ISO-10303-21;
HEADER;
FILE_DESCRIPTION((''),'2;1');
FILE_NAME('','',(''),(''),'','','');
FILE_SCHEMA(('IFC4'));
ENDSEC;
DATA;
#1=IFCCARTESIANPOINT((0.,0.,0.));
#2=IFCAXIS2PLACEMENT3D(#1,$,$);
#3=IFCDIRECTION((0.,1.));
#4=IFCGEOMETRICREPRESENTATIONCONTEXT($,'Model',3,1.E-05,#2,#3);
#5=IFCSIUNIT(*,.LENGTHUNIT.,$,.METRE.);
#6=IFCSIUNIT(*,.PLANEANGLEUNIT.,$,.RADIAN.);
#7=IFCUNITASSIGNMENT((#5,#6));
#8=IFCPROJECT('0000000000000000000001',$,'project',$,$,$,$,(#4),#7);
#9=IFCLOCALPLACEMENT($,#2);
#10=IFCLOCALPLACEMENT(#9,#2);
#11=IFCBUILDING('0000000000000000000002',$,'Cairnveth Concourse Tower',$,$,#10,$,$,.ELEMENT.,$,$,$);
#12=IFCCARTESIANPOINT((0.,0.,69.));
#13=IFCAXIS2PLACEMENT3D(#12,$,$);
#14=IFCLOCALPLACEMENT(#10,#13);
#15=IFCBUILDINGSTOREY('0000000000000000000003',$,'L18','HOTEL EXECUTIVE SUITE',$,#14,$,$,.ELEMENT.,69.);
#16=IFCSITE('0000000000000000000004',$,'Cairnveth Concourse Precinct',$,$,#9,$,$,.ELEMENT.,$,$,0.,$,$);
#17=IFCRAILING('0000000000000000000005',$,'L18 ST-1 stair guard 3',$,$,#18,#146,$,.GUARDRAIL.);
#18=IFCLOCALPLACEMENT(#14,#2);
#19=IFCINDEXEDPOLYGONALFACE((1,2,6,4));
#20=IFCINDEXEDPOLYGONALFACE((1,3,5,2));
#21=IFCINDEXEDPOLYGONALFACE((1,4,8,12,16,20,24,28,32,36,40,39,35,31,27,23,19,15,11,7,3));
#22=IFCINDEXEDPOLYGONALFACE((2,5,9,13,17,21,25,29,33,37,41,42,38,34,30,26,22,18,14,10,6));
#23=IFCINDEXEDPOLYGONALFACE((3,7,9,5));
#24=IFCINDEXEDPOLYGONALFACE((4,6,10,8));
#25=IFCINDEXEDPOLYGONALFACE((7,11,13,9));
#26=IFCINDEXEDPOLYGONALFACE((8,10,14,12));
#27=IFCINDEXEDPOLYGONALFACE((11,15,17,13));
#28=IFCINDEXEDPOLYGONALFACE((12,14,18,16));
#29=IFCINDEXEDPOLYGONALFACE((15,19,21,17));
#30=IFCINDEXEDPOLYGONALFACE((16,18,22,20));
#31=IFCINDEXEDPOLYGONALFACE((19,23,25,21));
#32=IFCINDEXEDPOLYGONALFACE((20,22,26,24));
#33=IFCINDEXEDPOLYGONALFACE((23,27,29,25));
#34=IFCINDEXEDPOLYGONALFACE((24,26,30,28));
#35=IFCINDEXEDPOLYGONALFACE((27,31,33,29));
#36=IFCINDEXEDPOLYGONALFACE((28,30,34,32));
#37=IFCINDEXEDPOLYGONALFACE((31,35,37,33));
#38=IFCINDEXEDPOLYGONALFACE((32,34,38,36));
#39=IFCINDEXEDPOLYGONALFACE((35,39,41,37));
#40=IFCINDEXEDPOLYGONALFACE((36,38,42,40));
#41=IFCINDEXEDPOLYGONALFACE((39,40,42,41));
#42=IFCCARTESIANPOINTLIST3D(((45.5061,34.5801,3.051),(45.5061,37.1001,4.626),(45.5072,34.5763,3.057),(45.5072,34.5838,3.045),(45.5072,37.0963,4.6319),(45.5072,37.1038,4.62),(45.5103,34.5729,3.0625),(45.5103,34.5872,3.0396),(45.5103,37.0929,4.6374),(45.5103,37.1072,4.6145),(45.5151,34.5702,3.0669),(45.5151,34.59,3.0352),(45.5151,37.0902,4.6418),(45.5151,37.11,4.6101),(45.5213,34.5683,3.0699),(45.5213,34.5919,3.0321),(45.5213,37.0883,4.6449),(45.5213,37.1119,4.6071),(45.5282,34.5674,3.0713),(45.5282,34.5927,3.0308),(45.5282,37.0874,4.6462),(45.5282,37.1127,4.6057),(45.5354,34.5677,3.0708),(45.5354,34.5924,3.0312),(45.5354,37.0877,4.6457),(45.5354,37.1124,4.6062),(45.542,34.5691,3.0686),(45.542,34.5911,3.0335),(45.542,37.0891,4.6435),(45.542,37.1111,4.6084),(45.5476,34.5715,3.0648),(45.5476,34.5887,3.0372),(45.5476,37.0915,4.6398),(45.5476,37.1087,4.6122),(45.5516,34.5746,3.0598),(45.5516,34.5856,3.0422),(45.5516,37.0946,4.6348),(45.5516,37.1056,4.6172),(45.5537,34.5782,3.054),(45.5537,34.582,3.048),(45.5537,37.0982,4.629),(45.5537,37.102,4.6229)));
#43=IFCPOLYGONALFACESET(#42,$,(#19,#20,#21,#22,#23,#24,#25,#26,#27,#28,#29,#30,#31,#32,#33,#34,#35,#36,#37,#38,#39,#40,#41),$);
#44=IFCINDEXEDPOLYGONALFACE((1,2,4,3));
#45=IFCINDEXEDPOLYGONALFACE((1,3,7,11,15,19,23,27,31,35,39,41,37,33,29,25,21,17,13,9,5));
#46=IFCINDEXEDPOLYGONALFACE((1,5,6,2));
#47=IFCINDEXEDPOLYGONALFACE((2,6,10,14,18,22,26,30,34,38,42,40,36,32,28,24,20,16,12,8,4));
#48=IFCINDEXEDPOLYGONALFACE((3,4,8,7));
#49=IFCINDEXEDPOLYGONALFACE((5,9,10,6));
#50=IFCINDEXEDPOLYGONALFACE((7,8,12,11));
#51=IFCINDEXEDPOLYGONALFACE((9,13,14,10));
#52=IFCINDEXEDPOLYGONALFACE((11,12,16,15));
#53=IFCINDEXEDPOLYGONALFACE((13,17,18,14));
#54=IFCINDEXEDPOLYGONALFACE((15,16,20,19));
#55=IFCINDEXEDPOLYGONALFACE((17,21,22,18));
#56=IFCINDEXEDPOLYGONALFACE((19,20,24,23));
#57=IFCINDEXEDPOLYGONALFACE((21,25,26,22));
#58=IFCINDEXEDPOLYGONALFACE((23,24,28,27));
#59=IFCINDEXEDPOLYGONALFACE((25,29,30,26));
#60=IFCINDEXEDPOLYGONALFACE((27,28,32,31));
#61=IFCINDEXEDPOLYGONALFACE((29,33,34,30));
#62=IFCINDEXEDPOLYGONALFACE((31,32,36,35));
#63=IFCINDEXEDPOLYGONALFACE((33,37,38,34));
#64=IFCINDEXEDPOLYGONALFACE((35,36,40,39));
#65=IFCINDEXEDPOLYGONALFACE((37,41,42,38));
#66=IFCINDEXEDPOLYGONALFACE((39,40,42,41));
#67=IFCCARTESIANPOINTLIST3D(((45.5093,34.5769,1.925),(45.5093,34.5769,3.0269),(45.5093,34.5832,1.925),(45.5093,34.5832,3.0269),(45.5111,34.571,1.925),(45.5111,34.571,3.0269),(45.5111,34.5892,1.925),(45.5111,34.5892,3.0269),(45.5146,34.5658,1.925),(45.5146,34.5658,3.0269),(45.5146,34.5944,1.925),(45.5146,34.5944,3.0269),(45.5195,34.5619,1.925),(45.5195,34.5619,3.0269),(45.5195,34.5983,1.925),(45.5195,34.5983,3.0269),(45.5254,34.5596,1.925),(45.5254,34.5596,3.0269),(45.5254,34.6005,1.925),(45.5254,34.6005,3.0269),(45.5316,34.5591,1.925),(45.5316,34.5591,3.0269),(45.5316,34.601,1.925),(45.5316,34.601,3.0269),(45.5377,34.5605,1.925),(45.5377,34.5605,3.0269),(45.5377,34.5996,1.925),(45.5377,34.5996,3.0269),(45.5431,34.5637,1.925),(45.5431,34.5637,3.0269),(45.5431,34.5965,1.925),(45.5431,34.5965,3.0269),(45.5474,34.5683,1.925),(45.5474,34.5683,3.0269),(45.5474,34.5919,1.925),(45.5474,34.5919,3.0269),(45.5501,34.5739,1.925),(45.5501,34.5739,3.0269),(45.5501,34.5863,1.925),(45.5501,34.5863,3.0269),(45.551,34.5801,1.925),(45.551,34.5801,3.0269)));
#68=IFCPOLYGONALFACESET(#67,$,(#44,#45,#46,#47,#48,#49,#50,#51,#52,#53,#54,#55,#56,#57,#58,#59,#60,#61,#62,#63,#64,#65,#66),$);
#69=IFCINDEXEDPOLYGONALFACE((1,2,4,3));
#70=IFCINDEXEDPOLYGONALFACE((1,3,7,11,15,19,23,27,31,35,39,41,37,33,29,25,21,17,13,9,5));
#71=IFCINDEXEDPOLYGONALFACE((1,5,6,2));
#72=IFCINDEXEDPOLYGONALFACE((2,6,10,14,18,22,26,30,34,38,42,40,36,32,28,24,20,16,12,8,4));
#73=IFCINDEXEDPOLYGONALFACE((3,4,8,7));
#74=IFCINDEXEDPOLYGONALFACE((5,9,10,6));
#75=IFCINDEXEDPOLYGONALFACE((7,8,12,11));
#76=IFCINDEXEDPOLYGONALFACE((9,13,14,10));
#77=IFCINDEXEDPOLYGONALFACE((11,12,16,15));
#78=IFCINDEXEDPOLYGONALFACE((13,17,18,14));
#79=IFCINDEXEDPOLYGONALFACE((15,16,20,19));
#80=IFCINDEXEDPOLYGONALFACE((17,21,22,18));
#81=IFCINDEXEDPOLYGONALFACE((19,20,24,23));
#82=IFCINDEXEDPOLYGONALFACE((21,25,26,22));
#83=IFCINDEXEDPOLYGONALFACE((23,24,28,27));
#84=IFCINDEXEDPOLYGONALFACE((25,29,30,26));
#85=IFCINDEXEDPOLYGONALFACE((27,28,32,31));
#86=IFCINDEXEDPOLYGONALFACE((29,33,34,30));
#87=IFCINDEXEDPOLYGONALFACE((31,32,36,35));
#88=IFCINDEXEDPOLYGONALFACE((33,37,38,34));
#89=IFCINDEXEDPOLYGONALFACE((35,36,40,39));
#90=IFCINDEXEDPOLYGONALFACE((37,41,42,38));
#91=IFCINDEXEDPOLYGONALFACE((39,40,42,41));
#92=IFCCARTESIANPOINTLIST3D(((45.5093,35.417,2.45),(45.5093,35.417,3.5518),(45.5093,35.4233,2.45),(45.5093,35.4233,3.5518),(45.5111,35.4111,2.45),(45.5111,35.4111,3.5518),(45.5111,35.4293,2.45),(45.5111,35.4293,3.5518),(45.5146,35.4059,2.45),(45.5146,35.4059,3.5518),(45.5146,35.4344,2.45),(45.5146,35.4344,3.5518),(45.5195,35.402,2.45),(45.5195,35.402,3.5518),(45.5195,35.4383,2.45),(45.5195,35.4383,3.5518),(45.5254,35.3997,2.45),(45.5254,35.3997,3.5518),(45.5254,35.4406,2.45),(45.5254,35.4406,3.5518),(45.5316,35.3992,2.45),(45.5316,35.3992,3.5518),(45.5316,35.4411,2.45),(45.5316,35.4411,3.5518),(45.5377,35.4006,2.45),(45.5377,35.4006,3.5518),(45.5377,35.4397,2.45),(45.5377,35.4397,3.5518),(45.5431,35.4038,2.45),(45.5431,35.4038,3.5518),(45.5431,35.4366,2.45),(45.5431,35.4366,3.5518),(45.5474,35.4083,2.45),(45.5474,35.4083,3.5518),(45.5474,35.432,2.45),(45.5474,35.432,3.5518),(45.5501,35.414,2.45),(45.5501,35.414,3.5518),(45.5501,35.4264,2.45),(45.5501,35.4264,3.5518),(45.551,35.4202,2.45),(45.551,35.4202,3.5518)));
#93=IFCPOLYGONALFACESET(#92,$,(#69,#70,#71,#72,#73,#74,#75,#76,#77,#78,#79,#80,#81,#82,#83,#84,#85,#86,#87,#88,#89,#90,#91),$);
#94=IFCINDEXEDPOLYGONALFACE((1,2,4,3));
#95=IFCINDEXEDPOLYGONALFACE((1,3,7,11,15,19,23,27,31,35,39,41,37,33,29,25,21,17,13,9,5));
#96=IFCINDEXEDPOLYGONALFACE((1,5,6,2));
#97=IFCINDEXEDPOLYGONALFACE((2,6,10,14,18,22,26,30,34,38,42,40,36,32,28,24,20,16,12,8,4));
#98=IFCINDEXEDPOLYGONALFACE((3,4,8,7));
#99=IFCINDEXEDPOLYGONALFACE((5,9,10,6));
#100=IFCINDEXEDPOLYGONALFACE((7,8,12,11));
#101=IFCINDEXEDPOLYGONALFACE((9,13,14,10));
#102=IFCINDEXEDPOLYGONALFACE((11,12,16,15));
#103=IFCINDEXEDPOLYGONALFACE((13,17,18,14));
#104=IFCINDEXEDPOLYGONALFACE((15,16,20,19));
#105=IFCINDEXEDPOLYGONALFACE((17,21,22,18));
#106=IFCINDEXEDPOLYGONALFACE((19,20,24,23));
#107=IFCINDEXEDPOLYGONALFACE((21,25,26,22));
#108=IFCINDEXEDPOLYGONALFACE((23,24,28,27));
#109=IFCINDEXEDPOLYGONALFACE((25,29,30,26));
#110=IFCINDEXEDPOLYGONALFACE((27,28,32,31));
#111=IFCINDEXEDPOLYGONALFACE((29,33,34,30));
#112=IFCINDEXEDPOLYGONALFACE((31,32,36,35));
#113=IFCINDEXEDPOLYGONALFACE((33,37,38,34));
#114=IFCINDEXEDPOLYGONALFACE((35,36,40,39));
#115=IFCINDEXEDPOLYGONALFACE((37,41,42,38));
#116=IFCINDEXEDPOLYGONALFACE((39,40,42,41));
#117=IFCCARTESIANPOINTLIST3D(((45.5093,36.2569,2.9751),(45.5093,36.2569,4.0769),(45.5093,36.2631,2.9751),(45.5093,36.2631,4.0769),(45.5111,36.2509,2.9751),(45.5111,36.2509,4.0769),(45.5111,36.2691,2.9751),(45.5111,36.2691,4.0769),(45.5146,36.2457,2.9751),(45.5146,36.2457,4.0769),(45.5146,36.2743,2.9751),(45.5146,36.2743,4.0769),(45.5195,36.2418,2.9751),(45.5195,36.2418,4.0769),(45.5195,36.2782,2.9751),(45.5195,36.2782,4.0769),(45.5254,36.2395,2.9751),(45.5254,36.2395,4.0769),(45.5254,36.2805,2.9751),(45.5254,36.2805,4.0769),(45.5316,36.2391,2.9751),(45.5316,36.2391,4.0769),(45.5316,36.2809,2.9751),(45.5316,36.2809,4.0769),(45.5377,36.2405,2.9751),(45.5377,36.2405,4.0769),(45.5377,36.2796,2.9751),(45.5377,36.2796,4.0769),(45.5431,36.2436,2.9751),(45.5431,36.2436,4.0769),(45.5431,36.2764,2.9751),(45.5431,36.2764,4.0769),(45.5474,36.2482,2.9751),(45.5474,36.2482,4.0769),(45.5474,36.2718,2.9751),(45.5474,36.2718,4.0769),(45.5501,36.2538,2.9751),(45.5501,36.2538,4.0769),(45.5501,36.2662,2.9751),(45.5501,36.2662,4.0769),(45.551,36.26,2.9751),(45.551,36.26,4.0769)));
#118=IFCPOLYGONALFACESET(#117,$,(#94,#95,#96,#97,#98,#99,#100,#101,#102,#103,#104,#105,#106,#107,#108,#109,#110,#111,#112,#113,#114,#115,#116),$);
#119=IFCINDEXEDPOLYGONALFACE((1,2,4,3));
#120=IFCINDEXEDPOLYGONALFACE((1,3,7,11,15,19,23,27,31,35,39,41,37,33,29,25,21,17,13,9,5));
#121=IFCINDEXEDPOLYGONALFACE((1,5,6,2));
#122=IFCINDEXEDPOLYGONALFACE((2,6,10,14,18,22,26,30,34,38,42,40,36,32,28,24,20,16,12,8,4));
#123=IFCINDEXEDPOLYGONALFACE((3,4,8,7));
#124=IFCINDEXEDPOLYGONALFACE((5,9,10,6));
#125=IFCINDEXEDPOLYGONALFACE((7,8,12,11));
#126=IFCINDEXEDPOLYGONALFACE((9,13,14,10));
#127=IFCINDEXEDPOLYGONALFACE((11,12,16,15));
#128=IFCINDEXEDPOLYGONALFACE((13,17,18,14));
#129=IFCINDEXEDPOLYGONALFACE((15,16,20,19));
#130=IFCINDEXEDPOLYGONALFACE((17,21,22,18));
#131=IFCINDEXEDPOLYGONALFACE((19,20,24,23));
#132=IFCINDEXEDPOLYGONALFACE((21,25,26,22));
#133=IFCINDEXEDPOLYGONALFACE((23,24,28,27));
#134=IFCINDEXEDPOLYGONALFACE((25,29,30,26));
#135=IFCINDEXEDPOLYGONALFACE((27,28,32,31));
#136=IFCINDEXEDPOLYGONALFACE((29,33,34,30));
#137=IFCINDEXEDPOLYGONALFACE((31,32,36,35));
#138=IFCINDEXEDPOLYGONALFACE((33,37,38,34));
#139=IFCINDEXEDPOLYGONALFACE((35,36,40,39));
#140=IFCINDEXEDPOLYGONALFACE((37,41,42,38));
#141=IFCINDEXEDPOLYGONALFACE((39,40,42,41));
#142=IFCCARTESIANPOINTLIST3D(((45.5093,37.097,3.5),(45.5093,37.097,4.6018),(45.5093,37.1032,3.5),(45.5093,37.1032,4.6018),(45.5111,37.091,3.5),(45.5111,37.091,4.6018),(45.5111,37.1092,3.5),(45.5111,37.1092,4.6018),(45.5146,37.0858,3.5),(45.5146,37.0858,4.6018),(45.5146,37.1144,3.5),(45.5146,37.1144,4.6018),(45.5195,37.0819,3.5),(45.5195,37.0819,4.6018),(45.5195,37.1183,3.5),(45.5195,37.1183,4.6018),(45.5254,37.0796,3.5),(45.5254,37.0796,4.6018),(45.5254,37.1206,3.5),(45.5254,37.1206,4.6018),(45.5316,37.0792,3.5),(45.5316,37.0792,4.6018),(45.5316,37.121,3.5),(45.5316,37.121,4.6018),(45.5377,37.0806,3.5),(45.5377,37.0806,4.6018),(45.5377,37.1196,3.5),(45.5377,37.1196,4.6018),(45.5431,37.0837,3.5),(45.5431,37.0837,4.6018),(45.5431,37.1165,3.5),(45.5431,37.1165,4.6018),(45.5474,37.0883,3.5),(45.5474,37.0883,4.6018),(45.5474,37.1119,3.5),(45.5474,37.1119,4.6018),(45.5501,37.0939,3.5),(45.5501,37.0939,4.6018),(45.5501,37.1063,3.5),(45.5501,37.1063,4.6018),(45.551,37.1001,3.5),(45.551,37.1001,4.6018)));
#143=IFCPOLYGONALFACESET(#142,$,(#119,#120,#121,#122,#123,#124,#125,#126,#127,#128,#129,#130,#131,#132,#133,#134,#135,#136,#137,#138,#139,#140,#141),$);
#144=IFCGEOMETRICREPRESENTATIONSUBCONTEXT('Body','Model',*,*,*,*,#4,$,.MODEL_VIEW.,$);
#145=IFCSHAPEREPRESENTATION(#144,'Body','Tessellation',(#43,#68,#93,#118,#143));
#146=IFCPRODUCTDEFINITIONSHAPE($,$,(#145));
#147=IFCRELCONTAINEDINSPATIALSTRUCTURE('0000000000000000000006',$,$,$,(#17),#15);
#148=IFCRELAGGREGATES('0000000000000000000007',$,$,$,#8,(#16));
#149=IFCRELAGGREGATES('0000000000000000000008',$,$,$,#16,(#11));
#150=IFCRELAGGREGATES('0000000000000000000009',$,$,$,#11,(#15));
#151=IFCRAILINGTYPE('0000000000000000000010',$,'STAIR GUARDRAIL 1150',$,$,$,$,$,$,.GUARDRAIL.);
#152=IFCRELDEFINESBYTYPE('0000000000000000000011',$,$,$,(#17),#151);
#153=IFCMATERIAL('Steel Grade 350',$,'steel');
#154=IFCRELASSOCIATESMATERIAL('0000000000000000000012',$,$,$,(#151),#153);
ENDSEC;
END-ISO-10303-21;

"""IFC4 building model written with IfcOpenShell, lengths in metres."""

from ifc_helpers import new_model, si_unit, direction, frame, origin, origin_2d, place, context, subcontext, project, spatial, circle, extrude, material, type_object, element, save


model = new_model("IFC4")

# Units and contexts
model_context = context("Model", 3, precision=1e-05, world=origin(), true_north=direction((0.0, 1.0)))
body_context = subcontext(model_context, "Body", "Model", "MODEL_VIEW")
ifc_project = project(units=[si_unit("LENGTHUNIT", "METRE"), si_unit("PLANEANGLEUNIT", "RADIAN")], contexts=[model_context])

# Site, building, storey
site_placement = place(None, origin())
site = spatial("IfcSite", under=ifc_project, at=site_placement, Name="Cairnveth Concourse Precinct", CompositionType="ELEMENT", RefElevation=0.0)
building_placement = place(site_placement, origin())
building = spatial("IfcBuilding", under=site, at=building_placement, Name="Cairnveth Concourse Tower", CompositionType="ELEMENT")
storey_placement = place(building_placement, frame((0.0, 0.0, 69.0)))
storey = spatial("IfcBuildingStorey", under=building, at=storey_placement, Name="L18", Description="HOTEL EXECUTIVE SUITE", CompositionType="ELEMENT", Elevation=69.0)

# Railing
ifc_material_1 = material(Name="Steel Grade 350", Category="steel")
railing_type_1 = type_object("IfcRailingType", Name="STAIR GUARDRAIL 1150", PredefinedType="GUARDRAIL", material=ifc_material_1)
railing_1_placement = place(storey_placement, frame((45.53, 34.5801, 1.925)))
element("IfcRailing", 1, at=railing_1_placement, inside=storey, type_object=railing_type_1, Name="L18 ST-1 stair guard 3", PredefinedType="GUARDRAIL", context=body_context, shape_type="SweptSolid", body=[
    extrude(circle(Radius=0.0239, at=origin_2d()), frame((0.0, 0.0, 1.126), z_axis=(0.0, 0.848008, 0.529984), x_axis=(-1.0, 0.0, 0.0)), (0.0, 0.0, 1.0), 2.9717),
    extrude(circle(Radius=0.021, at=origin_2d()), origin(), (0.0, 0.0, 1.0), 1.1018),
    extrude(circle(Radius=0.021, at=origin_2d()), frame((0.0, 0.8401, 0.5249)), (0.0, 0.0, 1.0), 1.1018),
    extrude(circle(Radius=0.021, at=origin_2d()), frame((0.0, 1.6799, 1.05)), (0.0, 0.0, 1.0), 1.1018),
    extrude(circle(Radius=0.021, at=origin_2d()), frame((0.0, 2.52, 1.575)), (0.0, 0.0, 1.0), 1.1018),
])

save(model, "model.ifc")
